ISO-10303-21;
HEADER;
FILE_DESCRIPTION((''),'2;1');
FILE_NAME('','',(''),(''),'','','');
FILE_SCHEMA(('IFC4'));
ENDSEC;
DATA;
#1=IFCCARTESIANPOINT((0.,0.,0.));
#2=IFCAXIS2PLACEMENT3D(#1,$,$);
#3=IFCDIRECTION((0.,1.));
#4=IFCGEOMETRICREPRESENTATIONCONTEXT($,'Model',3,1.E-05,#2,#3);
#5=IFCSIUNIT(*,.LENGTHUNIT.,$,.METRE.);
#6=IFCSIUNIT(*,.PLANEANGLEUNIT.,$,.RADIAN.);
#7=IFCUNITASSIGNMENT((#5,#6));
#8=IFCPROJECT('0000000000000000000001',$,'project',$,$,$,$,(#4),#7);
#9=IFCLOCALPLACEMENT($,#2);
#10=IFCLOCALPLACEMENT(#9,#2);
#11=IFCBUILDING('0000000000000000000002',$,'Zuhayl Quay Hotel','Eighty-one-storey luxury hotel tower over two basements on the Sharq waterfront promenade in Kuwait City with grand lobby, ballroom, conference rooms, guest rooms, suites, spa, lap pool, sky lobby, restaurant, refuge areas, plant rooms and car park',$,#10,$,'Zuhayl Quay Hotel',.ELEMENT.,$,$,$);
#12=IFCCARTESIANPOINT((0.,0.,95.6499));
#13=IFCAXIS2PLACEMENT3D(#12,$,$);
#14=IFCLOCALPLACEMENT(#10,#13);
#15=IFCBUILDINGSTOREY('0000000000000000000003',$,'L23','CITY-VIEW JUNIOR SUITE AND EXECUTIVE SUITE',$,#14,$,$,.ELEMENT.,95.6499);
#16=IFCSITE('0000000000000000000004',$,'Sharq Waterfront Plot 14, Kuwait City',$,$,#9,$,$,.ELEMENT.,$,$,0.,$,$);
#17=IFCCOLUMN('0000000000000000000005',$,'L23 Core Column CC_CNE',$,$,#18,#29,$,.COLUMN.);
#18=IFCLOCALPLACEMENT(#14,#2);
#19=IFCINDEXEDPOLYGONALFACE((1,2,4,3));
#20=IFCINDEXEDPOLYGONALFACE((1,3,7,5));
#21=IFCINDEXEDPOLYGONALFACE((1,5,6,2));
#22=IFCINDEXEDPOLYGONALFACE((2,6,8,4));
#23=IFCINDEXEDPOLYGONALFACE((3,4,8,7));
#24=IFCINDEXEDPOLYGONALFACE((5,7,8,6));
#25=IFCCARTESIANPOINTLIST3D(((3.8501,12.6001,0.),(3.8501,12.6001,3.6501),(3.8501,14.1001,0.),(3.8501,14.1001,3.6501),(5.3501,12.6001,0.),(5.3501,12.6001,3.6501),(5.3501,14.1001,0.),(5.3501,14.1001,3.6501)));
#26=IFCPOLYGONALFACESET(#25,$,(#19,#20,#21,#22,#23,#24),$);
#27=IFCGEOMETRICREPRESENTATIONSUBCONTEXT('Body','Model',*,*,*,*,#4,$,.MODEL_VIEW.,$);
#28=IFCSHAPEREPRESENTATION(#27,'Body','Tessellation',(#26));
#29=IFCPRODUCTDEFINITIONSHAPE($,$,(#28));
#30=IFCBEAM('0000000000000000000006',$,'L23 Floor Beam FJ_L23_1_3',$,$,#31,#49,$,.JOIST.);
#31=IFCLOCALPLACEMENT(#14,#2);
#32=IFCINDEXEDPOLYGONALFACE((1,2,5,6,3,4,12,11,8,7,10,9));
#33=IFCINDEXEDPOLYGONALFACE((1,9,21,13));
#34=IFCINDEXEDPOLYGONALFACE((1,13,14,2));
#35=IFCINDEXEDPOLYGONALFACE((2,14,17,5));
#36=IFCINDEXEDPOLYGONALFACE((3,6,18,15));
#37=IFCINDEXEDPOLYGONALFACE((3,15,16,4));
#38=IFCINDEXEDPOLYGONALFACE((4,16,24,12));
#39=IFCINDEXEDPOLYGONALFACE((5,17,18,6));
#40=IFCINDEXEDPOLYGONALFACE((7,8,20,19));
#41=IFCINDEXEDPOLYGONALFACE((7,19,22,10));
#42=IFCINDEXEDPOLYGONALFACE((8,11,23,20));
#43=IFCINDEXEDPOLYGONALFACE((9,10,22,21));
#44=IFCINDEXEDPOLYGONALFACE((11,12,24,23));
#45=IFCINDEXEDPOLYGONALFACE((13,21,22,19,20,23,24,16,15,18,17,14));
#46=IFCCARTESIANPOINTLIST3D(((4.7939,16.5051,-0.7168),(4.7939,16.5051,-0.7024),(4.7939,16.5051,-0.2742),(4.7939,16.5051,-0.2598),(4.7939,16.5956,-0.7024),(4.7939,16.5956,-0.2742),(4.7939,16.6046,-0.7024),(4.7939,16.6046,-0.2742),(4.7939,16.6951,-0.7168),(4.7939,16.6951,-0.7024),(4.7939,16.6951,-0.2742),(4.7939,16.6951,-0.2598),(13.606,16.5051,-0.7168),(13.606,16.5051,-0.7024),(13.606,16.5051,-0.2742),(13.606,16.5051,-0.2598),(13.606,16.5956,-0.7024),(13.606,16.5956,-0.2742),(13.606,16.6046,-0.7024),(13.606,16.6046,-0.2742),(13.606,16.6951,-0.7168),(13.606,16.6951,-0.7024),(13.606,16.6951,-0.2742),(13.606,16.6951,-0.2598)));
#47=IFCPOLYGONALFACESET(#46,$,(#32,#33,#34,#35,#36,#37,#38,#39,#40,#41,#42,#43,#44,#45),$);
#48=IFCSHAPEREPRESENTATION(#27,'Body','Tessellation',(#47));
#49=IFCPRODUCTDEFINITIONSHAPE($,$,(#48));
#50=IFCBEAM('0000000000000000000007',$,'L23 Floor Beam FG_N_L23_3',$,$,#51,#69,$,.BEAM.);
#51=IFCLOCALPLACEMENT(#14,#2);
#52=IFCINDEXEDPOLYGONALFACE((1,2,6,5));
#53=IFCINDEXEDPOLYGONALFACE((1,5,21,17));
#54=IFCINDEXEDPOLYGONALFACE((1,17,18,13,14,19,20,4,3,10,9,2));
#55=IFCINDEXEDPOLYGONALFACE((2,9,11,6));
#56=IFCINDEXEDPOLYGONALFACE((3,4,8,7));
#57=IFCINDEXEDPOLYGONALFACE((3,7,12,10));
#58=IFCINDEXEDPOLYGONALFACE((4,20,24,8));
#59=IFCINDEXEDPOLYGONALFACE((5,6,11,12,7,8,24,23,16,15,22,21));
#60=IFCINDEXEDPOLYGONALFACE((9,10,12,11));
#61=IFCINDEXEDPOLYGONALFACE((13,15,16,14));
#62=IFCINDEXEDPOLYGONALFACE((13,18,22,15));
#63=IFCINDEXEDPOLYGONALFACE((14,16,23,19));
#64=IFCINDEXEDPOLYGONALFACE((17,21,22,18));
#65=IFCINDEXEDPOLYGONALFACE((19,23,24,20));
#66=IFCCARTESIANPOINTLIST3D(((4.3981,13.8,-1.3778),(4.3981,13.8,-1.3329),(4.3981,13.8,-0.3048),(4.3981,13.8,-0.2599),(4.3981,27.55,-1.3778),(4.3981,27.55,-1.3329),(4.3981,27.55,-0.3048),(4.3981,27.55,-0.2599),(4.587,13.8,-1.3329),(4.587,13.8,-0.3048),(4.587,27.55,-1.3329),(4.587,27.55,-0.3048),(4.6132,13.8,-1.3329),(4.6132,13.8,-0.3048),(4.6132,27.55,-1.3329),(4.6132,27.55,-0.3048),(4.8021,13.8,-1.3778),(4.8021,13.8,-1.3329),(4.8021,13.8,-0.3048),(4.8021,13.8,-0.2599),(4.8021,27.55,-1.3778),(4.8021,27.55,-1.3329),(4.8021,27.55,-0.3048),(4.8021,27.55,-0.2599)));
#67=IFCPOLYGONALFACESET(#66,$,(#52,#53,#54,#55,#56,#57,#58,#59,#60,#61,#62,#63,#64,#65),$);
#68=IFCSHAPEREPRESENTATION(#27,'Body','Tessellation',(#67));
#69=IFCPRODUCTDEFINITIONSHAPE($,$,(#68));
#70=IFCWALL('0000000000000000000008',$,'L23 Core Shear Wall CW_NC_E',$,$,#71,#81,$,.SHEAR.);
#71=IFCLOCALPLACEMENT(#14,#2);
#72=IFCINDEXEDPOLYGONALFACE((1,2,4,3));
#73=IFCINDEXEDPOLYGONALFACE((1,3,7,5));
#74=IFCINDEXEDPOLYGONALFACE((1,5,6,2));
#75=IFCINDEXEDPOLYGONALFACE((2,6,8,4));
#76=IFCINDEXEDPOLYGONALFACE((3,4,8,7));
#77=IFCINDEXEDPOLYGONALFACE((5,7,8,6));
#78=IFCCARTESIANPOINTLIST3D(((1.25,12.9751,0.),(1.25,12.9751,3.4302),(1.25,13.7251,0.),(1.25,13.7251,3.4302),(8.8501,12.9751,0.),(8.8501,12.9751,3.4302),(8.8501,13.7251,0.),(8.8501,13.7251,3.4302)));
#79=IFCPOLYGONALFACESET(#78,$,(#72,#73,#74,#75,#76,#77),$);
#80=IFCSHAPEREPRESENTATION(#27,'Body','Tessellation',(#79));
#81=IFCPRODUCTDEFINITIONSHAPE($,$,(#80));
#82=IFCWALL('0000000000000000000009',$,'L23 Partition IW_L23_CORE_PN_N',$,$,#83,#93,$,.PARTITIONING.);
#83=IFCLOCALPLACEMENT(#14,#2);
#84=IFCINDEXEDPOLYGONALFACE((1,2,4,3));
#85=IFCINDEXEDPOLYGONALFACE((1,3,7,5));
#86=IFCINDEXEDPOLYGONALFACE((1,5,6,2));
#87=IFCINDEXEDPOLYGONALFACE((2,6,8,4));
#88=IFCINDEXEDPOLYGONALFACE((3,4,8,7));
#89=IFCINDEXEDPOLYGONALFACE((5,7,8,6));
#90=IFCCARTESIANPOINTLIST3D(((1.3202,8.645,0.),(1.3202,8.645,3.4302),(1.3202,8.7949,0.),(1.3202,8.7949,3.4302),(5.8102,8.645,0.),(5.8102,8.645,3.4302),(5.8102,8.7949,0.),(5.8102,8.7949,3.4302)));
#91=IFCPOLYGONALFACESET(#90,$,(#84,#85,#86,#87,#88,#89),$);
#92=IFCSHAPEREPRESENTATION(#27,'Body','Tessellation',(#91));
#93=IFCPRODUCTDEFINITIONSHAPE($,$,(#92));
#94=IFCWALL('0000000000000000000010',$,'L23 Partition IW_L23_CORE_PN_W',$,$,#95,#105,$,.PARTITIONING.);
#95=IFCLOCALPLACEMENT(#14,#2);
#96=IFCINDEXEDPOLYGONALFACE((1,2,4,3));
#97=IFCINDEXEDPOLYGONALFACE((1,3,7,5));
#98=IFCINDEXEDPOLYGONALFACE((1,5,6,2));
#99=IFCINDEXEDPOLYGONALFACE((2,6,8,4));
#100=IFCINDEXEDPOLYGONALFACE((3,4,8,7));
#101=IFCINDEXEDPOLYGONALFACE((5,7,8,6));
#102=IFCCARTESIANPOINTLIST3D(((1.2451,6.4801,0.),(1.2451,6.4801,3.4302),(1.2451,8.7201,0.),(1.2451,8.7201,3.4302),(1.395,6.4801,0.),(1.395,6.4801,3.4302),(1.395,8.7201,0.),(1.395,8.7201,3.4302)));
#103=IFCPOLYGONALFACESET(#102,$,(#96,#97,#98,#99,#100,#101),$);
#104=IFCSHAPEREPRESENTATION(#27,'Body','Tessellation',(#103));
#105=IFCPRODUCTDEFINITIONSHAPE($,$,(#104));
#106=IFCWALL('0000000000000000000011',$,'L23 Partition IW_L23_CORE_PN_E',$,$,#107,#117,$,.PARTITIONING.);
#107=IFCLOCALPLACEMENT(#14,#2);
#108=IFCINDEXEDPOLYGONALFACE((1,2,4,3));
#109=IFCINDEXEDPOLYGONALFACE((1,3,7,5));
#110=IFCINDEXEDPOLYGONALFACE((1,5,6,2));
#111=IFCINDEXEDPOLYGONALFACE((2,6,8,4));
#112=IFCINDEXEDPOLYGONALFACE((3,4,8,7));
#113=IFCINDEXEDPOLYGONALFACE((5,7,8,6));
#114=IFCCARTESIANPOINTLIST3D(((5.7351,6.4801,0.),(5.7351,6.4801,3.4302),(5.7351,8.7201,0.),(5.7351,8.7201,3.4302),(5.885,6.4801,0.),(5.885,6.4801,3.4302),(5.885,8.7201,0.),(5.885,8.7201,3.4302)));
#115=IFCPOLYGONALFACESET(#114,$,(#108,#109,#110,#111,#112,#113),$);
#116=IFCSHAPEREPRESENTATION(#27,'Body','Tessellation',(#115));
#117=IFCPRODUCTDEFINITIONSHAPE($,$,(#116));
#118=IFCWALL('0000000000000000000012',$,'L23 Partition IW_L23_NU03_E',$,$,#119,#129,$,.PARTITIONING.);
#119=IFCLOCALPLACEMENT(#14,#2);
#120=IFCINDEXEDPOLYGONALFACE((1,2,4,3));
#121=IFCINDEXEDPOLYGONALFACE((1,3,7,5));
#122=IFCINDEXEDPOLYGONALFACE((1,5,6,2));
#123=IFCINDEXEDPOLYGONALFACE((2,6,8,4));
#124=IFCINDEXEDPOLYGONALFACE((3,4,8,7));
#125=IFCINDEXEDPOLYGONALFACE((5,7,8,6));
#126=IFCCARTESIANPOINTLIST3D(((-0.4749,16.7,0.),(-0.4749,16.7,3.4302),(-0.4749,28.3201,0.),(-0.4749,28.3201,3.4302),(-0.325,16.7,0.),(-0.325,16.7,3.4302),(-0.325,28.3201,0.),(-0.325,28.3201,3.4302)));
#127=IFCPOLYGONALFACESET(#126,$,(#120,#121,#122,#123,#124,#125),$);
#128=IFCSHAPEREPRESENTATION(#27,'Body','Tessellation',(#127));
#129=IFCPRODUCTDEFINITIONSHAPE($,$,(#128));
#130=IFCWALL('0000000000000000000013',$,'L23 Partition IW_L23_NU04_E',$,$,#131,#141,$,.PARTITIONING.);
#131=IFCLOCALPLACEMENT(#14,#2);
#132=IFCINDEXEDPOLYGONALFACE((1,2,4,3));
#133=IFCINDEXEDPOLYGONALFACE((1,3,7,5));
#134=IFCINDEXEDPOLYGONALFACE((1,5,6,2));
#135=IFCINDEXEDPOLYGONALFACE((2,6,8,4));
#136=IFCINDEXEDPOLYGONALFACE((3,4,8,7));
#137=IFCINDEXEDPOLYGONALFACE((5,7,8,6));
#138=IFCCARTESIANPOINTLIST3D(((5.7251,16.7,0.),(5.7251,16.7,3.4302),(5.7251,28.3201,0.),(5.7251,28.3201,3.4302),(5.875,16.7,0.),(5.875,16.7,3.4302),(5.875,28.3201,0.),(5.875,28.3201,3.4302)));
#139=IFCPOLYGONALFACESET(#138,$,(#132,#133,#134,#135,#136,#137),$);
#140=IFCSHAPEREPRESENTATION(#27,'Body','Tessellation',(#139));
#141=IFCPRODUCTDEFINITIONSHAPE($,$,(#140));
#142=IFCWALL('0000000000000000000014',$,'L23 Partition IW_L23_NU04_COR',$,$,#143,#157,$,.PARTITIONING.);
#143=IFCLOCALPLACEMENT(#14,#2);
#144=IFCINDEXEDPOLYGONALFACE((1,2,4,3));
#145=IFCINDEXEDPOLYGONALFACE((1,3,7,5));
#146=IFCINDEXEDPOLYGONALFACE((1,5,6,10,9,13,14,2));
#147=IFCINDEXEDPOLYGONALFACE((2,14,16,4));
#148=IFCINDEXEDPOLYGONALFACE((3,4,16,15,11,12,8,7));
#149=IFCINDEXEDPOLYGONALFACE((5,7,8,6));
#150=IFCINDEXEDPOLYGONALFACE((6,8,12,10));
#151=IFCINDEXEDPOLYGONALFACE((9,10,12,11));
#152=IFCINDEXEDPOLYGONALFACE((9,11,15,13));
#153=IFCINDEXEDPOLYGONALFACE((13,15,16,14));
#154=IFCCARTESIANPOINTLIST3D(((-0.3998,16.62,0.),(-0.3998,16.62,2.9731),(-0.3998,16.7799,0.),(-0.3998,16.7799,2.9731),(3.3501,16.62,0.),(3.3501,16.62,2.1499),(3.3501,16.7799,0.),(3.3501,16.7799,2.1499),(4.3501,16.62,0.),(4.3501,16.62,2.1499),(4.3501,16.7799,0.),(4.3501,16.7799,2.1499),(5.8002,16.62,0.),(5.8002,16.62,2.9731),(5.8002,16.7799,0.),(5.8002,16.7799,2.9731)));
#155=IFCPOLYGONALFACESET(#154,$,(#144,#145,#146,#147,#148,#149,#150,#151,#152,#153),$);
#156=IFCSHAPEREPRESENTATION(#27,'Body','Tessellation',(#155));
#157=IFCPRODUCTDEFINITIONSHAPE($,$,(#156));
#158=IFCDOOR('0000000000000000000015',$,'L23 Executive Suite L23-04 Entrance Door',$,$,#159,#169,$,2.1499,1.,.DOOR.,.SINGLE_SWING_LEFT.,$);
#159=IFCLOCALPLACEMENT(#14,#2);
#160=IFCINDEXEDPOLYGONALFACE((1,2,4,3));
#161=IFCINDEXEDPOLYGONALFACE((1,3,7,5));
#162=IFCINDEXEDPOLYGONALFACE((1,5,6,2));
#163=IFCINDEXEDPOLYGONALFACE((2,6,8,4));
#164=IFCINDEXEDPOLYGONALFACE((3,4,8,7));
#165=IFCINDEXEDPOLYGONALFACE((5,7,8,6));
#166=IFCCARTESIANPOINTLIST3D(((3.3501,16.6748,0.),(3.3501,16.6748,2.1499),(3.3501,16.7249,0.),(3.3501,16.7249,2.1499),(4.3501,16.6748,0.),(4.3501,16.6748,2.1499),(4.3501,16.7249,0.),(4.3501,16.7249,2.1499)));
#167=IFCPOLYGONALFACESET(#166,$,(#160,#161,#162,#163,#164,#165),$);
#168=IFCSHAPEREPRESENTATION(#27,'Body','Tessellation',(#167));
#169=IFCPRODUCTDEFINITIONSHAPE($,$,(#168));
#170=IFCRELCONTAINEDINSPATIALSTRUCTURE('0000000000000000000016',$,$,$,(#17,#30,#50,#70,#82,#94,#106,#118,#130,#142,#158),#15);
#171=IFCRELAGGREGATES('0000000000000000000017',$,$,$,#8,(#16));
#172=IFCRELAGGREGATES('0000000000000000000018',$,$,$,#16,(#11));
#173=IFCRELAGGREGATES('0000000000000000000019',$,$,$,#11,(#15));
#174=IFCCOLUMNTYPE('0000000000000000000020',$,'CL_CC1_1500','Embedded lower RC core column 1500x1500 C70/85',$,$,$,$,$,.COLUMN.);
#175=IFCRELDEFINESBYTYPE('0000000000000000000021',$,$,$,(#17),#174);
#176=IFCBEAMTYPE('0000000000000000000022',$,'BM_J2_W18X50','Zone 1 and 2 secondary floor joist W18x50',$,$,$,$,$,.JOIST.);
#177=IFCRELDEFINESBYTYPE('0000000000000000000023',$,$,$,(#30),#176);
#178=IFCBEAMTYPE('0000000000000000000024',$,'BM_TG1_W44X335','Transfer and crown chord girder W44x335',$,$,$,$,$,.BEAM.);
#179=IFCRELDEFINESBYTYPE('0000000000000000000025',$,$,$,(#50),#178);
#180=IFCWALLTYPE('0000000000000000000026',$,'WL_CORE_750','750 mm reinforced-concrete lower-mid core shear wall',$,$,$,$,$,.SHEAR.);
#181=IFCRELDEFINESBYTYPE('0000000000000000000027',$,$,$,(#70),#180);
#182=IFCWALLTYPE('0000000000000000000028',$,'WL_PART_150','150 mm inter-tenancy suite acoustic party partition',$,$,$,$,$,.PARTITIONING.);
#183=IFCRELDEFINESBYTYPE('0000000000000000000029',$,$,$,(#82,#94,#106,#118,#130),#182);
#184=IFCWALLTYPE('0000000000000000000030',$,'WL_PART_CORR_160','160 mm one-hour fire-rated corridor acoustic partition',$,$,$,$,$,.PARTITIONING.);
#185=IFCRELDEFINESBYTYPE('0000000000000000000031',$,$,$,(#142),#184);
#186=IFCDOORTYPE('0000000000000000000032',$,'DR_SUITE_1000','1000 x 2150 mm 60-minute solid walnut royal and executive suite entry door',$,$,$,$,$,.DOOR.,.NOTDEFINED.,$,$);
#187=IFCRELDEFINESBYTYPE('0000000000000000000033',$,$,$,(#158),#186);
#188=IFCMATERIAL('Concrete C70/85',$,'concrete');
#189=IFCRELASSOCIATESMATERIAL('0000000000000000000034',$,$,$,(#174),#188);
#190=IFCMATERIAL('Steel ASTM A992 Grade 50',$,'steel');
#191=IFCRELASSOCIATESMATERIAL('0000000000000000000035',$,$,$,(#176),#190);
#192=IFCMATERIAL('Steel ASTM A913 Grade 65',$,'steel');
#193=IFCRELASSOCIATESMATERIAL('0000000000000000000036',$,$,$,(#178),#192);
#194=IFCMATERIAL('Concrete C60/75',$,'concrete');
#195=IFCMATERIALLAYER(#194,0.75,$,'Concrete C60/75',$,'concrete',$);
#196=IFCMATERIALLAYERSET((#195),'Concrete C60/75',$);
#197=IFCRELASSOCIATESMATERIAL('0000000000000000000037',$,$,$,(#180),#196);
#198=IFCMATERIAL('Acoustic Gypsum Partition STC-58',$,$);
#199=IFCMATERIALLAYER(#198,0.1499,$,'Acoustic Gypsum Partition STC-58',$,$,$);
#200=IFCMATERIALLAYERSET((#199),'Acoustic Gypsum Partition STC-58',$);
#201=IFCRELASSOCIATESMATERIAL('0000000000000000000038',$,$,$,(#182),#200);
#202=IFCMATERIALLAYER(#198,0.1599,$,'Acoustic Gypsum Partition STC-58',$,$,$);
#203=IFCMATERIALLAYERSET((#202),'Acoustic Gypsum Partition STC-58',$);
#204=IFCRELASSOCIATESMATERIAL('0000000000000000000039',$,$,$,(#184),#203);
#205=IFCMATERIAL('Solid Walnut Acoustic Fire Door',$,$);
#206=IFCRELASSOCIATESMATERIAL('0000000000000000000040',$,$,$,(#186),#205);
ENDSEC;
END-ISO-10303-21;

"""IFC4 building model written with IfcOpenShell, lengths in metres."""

from ifc_helpers import new_model, si_unit, direction, frame, frame_2d, origin, origin_2d, place, context, subcontext, project, spatial, rectangle, i_section, extrude, material, layer, layer_set, material_profile, profile_set, type_object, element, fill, save


model = new_model("IFC4")

# Units and contexts
model_context = context("Model", 3, precision=1e-05, world=origin(), true_north=direction((0.0, 1.0)))
body_context = subcontext(model_context, "Body", "Model", "MODEL_VIEW")
ifc_project = project(units=[si_unit("LENGTHUNIT", "METRE"), si_unit("PLANEANGLEUNIT", "RADIAN")], contexts=[model_context])

# Site, building, storey
site_placement = place(None, origin())
site = spatial("IfcSite", under=ifc_project, at=site_placement, Name="Sharq Waterfront Plot 14, Kuwait City", CompositionType="ELEMENT", RefElevation=0.0)
building_placement = place(site_placement, origin())
building = spatial("IfcBuilding", under=site, at=building_placement, Name="Zuhayl Quay Hotel", Description="Eighty-one-storey luxury hotel tower over two basements on the Sharq waterfront promenade in Kuwait City with grand lobby, ballroom, conference rooms, guest rooms, suites, spa, lap pool, sky lobby, restaurant, refuge areas, plant rooms and car park", LongName="Zuhayl Quay Hotel", CompositionType="ELEMENT")
storey_placement = place(building_placement, frame((0.0, 0.0, 95.6499)))
storey = spatial("IfcBuildingStorey", under=building, at=storey_placement, Name="L23", Description="CITY-VIEW JUNIOR SUITE AND EXECUTIVE SUITE", CompositionType="ELEMENT", Elevation=95.6499)

# Column
ifc_material_1 = material(Name="Concrete C70/85", Category="concrete")
ifc_material_profile_1 = material_profile(ifc_material_1, rectangle(XDim=1.5, YDim=1.5, at=origin_2d()), Name="RC1500X1500")
ifc_profile_set_1 = profile_set([ifc_material_profile_1], Name="Concrete C70/85")
column_type = type_object("IfcColumnType", Name="CL_CC1_1500", Description="Embedded lower RC core column 1500x1500 C70/85", PredefinedType="COLUMN", material=ifc_profile_set_1)
column_placement = place(storey_placement, frame((4.6001, 13.3501, 0.0), z_axis=(0.0, 0.0, 1.0), x_axis=(1.0, 0.0, 0.0)))
element("IfcColumn", 1, at=column_placement, inside=storey, type_object=column_type, Name="L23 Core Column CC_CNE", PredefinedType="COLUMN", context=body_context, shape_type="SweptSolid", body=[
    extrude(rectangle(XDim=1.5, YDim=1.5, at=origin_2d()), origin(), (0.0, 0.0, 1.0), 3.6501),
])

# Beams
ifc_material_2 = material(Name="Steel ASTM A992 Grade 50", Category="steel")
ifc_material_profile_2 = material_profile(ifc_material_2, i_section(OverallWidth=0.1899, OverallDepth=0.457, WebThickness=0.009, FlangeThickness=0.0144, at=origin_2d()), Name="W18X50")
ifc_profile_set_2 = profile_set([ifc_material_profile_2], Name="Steel ASTM A992 Grade 50")
beam_type_1 = type_object("IfcBeamType", Name="BM_J2_W18X50", Description="Zone 1 and 2 secondary floor joist W18x50", PredefinedType="JOIST", material=ifc_profile_set_2)
beam_1_placement = place(storey_placement, frame((4.7939, 16.6001, -0.4883), z_axis=(1.0, 0.0, 0.0), x_axis=(0.0, 1.0, 0.0)))
element("IfcBeam", 2, at=beam_1_placement, inside=storey, type_object=beam_type_1, Name="L23 Floor Beam FJ_L23_1_3", PredefinedType="JOIST", context=body_context, shape_type="SweptSolid", body=[
    extrude(i_section(OverallWidth=0.1899, OverallDepth=0.457, WebThickness=0.009, FlangeThickness=0.0144, at=origin_2d()), origin(), (0.0, 0.0, 1.0), 8.812),
])
ifc_material_3 = material(Name="Steel ASTM A913 Grade 65", Category="steel")
ifc_material_profile_3 = material_profile(ifc_material_3, i_section(OverallWidth=0.4041, OverallDepth=1.1179, WebThickness=0.0261, FlangeThickness=0.0449, at=origin_2d()), Name="W44X335")
ifc_profile_set_3 = profile_set([ifc_material_profile_3], Name="Steel ASTM A913 Grade 65")
beam_type_2 = type_object("IfcBeamType", Name="BM_TG1_W44X335", Description="Transfer and crown chord girder W44x335", PredefinedType="BEAM", material=ifc_profile_set_3)
beam_2_placement = place(storey_placement, frame((4.6001, 13.8, -0.8188), z_axis=(0.0, 1.0, 0.0), x_axis=(-1.0, 0.0, 0.0)))
element("IfcBeam", 3, at=beam_2_placement, inside=storey, type_object=beam_type_2, Name="L23 Floor Beam FG_N_L23_3", PredefinedType="BEAM", context=body_context, shape_type="SweptSolid", body=[
    extrude(i_section(OverallWidth=0.4041, OverallDepth=1.1179, WebThickness=0.0261, FlangeThickness=0.0449, at=origin_2d()), origin(), (0.0, 0.0, 1.0), 13.75),
])

# Walls
ifc_material_4 = material(Name="Concrete C60/75", Category="concrete")
ifc_layer_1 = layer(ifc_material_4, 0.75, Name="Concrete C60/75", Category="concrete")
ifc_layer_set_1 = layer_set([ifc_layer_1], Name="Concrete C60/75")
wall_type_1 = type_object("IfcWallType", Name="WL_CORE_750", Description="750 mm reinforced-concrete lower-mid core shear wall", PredefinedType="SHEAR", material=ifc_layer_set_1)
wall_1_placement = place(storey_placement, frame((1.25, 13.3501, 0.0), z_axis=(0.0, 0.0, 1.0), x_axis=(1.0, 0.0, 0.0)))
element("IfcWall", 4, at=wall_1_placement, inside=storey, type_object=wall_type_1, Name="L23 Core Shear Wall CW_NC_E", PredefinedType="SHEAR", context=body_context, shape_type="SweptSolid", body=[
    extrude(rectangle(XDim=7.6001, YDim=0.75, at=frame_2d((3.8, 0.0))), origin(), (0.0, 0.0, 1.0), 3.4302),
])
ifc_material_5 = material(Name="Acoustic Gypsum Partition STC-58")
ifc_layer_2 = layer(ifc_material_5, 0.1499, Name="Acoustic Gypsum Partition STC-58")
ifc_layer_set_2 = layer_set([ifc_layer_2], Name="Acoustic Gypsum Partition STC-58")
wall_type_2 = type_object("IfcWallType", Name="WL_PART_150", Description="150 mm inter-tenancy suite acoustic party partition", PredefinedType="PARTITIONING", material=ifc_layer_set_2)
wall_2_placement = place(storey_placement, frame((1.3201, 8.72, 0.0), z_axis=(0.0, 0.0, 1.0), x_axis=(1.0, 0.0, 0.0)))
element("IfcWall", 5, at=wall_2_placement, inside=storey, type_object=wall_type_2, Name="L23 Partition IW_L23_CORE_PN_N", PredefinedType="PARTITIONING", context=body_context, shape_type="SweptSolid", body=[
    extrude(rectangle(XDim=4.49, YDim=0.1499, at=frame_2d((2.2451, 0.0))), origin(), (0.0, 0.0, 1.0), 3.4302),
])
for number, where, z_axis, x_axis, name in (
    (6, (1.3201, 6.48, 0.0), (0.0, 0.0, 1.0), (0.0, 1.0, 0.0), "L23 Partition IW_L23_CORE_PN_W"),
    (7, (5.8101, 6.48, 0.0), (0.0, 0.0, 1.0), (0.0, 1.0, 0.0), "L23 Partition IW_L23_CORE_PN_E"),
):
    element("IfcWall", number, at=place(storey_placement, frame(where, z_axis=z_axis, x_axis=x_axis)), inside=storey, type_object=wall_type_2, Name=name, PredefinedType="PARTITIONING", context=body_context, shape_type="SweptSolid", body=[
        extrude(rectangle(XDim=2.24, YDim=0.1499, at=frame_2d((1.1201, 0.0))), origin(), (0.0, 0.0, 1.0), 3.4302),
    ])
for number, where, z_axis, x_axis, name in (
    (8, (-0.3999, 16.7, 0.0), (0.0, 0.0, 1.0), (0.0, 1.0, 0.0), "L23 Partition IW_L23_NU03_E"),
    (9, (5.8, 16.7, 0.0), (0.0, 0.0, 1.0), (0.0, 1.0, 0.0), "L23 Partition IW_L23_NU04_E"),
):
    element("IfcWall", number, at=place(storey_placement, frame(where, z_axis=z_axis, x_axis=x_axis)), inside=storey, type_object=wall_type_2, Name=name, PredefinedType="PARTITIONING", context=body_context, shape_type="SweptSolid", body=[
        extrude(rectangle(XDim=11.6201, YDim=0.1499, at=frame_2d((5.8101, 0.0))), origin(), (0.0, 0.0, 1.0), 3.4302),
    ])

# Wall, opening, door
ifc_layer_3 = layer(ifc_material_5, 0.1599, Name="Acoustic Gypsum Partition STC-58")
ifc_layer_set_3 = layer_set([ifc_layer_3], Name="Acoustic Gypsum Partition STC-58")
wall_type_3 = type_object("IfcWallType", Name="WL_PART_CORR_160", Description="160 mm one-hour fire-rated corridor acoustic partition", PredefinedType="PARTITIONING", material=ifc_layer_set_3)
wall_3_placement = place(storey_placement, frame((-0.3999, 16.7, 0.0), z_axis=(0.0, 0.0, 1.0), x_axis=(1.0, 0.0, 0.0)))
wall_3 = element("IfcWall", 10, at=wall_3_placement, inside=storey, type_object=wall_type_3, Name="L23 Partition IW_L23_NU04_COR", PredefinedType="PARTITIONING", context=body_context, shape_type="SweptSolid", body=[
    extrude(rectangle(XDim=6.2, YDim=0.1599, at=frame_2d((3.1001, 0.0))), origin(), (0.0, 0.0, 1.0), 2.9731),
])
opening_1_placement = place(wall_3_placement, frame((3.75, 0.0, 0.0)))
opening_1 = element("IfcOpeningElement", 11, at=opening_1_placement, cuts=wall_3, PredefinedType="OPENING", context=body_context, shape_type="SweptSolid", body=[
    extrude(rectangle(XDim=1.0, YDim=2.1499, at=frame_2d((0.5, 1.075))), frame((0.0, 0.0898, 0.0), z_axis=(0.0, -1.0, 0.0), x_axis=(1.0, 0.0, 0.0)), (0.0, 0.0, 1.0), 0.1799),
])
ifc_material_6 = material(Name="Solid Walnut Acoustic Fire Door")
door_type_1 = type_object("IfcDoorType", Name="DR_SUITE_1000", Description="1000 x 2150 mm 60-minute solid walnut royal and executive suite entry door", OperationType="NOTDEFINED", PredefinedType="DOOR", material=ifc_material_6)
door_1_placement = place(opening_1_placement, origin())
door_1 = element("IfcDoor", 12, at=door_1_placement, inside=storey, type_object=door_type_1, Name="L23 Executive Suite L23-04 Entrance Door", OperationType="SINGLE_SWING_LEFT", OverallHeight=2.1499, OverallWidth=1.0, PredefinedType="DOOR", context=body_context, shape_type="SweptSolid", body=[
    extrude(rectangle(XDim=1.0, YDim=2.1499, at=frame_2d((0.5, 1.075))), frame((0.0, 0.0249, 0.0), z_axis=(0.0, -1.0, 0.0), x_axis=(1.0, 0.0, 0.0)), (0.0, 0.0, 1.0), 0.05),
])
fill(opening_1, door_1)

save(model, "model.ifc")
